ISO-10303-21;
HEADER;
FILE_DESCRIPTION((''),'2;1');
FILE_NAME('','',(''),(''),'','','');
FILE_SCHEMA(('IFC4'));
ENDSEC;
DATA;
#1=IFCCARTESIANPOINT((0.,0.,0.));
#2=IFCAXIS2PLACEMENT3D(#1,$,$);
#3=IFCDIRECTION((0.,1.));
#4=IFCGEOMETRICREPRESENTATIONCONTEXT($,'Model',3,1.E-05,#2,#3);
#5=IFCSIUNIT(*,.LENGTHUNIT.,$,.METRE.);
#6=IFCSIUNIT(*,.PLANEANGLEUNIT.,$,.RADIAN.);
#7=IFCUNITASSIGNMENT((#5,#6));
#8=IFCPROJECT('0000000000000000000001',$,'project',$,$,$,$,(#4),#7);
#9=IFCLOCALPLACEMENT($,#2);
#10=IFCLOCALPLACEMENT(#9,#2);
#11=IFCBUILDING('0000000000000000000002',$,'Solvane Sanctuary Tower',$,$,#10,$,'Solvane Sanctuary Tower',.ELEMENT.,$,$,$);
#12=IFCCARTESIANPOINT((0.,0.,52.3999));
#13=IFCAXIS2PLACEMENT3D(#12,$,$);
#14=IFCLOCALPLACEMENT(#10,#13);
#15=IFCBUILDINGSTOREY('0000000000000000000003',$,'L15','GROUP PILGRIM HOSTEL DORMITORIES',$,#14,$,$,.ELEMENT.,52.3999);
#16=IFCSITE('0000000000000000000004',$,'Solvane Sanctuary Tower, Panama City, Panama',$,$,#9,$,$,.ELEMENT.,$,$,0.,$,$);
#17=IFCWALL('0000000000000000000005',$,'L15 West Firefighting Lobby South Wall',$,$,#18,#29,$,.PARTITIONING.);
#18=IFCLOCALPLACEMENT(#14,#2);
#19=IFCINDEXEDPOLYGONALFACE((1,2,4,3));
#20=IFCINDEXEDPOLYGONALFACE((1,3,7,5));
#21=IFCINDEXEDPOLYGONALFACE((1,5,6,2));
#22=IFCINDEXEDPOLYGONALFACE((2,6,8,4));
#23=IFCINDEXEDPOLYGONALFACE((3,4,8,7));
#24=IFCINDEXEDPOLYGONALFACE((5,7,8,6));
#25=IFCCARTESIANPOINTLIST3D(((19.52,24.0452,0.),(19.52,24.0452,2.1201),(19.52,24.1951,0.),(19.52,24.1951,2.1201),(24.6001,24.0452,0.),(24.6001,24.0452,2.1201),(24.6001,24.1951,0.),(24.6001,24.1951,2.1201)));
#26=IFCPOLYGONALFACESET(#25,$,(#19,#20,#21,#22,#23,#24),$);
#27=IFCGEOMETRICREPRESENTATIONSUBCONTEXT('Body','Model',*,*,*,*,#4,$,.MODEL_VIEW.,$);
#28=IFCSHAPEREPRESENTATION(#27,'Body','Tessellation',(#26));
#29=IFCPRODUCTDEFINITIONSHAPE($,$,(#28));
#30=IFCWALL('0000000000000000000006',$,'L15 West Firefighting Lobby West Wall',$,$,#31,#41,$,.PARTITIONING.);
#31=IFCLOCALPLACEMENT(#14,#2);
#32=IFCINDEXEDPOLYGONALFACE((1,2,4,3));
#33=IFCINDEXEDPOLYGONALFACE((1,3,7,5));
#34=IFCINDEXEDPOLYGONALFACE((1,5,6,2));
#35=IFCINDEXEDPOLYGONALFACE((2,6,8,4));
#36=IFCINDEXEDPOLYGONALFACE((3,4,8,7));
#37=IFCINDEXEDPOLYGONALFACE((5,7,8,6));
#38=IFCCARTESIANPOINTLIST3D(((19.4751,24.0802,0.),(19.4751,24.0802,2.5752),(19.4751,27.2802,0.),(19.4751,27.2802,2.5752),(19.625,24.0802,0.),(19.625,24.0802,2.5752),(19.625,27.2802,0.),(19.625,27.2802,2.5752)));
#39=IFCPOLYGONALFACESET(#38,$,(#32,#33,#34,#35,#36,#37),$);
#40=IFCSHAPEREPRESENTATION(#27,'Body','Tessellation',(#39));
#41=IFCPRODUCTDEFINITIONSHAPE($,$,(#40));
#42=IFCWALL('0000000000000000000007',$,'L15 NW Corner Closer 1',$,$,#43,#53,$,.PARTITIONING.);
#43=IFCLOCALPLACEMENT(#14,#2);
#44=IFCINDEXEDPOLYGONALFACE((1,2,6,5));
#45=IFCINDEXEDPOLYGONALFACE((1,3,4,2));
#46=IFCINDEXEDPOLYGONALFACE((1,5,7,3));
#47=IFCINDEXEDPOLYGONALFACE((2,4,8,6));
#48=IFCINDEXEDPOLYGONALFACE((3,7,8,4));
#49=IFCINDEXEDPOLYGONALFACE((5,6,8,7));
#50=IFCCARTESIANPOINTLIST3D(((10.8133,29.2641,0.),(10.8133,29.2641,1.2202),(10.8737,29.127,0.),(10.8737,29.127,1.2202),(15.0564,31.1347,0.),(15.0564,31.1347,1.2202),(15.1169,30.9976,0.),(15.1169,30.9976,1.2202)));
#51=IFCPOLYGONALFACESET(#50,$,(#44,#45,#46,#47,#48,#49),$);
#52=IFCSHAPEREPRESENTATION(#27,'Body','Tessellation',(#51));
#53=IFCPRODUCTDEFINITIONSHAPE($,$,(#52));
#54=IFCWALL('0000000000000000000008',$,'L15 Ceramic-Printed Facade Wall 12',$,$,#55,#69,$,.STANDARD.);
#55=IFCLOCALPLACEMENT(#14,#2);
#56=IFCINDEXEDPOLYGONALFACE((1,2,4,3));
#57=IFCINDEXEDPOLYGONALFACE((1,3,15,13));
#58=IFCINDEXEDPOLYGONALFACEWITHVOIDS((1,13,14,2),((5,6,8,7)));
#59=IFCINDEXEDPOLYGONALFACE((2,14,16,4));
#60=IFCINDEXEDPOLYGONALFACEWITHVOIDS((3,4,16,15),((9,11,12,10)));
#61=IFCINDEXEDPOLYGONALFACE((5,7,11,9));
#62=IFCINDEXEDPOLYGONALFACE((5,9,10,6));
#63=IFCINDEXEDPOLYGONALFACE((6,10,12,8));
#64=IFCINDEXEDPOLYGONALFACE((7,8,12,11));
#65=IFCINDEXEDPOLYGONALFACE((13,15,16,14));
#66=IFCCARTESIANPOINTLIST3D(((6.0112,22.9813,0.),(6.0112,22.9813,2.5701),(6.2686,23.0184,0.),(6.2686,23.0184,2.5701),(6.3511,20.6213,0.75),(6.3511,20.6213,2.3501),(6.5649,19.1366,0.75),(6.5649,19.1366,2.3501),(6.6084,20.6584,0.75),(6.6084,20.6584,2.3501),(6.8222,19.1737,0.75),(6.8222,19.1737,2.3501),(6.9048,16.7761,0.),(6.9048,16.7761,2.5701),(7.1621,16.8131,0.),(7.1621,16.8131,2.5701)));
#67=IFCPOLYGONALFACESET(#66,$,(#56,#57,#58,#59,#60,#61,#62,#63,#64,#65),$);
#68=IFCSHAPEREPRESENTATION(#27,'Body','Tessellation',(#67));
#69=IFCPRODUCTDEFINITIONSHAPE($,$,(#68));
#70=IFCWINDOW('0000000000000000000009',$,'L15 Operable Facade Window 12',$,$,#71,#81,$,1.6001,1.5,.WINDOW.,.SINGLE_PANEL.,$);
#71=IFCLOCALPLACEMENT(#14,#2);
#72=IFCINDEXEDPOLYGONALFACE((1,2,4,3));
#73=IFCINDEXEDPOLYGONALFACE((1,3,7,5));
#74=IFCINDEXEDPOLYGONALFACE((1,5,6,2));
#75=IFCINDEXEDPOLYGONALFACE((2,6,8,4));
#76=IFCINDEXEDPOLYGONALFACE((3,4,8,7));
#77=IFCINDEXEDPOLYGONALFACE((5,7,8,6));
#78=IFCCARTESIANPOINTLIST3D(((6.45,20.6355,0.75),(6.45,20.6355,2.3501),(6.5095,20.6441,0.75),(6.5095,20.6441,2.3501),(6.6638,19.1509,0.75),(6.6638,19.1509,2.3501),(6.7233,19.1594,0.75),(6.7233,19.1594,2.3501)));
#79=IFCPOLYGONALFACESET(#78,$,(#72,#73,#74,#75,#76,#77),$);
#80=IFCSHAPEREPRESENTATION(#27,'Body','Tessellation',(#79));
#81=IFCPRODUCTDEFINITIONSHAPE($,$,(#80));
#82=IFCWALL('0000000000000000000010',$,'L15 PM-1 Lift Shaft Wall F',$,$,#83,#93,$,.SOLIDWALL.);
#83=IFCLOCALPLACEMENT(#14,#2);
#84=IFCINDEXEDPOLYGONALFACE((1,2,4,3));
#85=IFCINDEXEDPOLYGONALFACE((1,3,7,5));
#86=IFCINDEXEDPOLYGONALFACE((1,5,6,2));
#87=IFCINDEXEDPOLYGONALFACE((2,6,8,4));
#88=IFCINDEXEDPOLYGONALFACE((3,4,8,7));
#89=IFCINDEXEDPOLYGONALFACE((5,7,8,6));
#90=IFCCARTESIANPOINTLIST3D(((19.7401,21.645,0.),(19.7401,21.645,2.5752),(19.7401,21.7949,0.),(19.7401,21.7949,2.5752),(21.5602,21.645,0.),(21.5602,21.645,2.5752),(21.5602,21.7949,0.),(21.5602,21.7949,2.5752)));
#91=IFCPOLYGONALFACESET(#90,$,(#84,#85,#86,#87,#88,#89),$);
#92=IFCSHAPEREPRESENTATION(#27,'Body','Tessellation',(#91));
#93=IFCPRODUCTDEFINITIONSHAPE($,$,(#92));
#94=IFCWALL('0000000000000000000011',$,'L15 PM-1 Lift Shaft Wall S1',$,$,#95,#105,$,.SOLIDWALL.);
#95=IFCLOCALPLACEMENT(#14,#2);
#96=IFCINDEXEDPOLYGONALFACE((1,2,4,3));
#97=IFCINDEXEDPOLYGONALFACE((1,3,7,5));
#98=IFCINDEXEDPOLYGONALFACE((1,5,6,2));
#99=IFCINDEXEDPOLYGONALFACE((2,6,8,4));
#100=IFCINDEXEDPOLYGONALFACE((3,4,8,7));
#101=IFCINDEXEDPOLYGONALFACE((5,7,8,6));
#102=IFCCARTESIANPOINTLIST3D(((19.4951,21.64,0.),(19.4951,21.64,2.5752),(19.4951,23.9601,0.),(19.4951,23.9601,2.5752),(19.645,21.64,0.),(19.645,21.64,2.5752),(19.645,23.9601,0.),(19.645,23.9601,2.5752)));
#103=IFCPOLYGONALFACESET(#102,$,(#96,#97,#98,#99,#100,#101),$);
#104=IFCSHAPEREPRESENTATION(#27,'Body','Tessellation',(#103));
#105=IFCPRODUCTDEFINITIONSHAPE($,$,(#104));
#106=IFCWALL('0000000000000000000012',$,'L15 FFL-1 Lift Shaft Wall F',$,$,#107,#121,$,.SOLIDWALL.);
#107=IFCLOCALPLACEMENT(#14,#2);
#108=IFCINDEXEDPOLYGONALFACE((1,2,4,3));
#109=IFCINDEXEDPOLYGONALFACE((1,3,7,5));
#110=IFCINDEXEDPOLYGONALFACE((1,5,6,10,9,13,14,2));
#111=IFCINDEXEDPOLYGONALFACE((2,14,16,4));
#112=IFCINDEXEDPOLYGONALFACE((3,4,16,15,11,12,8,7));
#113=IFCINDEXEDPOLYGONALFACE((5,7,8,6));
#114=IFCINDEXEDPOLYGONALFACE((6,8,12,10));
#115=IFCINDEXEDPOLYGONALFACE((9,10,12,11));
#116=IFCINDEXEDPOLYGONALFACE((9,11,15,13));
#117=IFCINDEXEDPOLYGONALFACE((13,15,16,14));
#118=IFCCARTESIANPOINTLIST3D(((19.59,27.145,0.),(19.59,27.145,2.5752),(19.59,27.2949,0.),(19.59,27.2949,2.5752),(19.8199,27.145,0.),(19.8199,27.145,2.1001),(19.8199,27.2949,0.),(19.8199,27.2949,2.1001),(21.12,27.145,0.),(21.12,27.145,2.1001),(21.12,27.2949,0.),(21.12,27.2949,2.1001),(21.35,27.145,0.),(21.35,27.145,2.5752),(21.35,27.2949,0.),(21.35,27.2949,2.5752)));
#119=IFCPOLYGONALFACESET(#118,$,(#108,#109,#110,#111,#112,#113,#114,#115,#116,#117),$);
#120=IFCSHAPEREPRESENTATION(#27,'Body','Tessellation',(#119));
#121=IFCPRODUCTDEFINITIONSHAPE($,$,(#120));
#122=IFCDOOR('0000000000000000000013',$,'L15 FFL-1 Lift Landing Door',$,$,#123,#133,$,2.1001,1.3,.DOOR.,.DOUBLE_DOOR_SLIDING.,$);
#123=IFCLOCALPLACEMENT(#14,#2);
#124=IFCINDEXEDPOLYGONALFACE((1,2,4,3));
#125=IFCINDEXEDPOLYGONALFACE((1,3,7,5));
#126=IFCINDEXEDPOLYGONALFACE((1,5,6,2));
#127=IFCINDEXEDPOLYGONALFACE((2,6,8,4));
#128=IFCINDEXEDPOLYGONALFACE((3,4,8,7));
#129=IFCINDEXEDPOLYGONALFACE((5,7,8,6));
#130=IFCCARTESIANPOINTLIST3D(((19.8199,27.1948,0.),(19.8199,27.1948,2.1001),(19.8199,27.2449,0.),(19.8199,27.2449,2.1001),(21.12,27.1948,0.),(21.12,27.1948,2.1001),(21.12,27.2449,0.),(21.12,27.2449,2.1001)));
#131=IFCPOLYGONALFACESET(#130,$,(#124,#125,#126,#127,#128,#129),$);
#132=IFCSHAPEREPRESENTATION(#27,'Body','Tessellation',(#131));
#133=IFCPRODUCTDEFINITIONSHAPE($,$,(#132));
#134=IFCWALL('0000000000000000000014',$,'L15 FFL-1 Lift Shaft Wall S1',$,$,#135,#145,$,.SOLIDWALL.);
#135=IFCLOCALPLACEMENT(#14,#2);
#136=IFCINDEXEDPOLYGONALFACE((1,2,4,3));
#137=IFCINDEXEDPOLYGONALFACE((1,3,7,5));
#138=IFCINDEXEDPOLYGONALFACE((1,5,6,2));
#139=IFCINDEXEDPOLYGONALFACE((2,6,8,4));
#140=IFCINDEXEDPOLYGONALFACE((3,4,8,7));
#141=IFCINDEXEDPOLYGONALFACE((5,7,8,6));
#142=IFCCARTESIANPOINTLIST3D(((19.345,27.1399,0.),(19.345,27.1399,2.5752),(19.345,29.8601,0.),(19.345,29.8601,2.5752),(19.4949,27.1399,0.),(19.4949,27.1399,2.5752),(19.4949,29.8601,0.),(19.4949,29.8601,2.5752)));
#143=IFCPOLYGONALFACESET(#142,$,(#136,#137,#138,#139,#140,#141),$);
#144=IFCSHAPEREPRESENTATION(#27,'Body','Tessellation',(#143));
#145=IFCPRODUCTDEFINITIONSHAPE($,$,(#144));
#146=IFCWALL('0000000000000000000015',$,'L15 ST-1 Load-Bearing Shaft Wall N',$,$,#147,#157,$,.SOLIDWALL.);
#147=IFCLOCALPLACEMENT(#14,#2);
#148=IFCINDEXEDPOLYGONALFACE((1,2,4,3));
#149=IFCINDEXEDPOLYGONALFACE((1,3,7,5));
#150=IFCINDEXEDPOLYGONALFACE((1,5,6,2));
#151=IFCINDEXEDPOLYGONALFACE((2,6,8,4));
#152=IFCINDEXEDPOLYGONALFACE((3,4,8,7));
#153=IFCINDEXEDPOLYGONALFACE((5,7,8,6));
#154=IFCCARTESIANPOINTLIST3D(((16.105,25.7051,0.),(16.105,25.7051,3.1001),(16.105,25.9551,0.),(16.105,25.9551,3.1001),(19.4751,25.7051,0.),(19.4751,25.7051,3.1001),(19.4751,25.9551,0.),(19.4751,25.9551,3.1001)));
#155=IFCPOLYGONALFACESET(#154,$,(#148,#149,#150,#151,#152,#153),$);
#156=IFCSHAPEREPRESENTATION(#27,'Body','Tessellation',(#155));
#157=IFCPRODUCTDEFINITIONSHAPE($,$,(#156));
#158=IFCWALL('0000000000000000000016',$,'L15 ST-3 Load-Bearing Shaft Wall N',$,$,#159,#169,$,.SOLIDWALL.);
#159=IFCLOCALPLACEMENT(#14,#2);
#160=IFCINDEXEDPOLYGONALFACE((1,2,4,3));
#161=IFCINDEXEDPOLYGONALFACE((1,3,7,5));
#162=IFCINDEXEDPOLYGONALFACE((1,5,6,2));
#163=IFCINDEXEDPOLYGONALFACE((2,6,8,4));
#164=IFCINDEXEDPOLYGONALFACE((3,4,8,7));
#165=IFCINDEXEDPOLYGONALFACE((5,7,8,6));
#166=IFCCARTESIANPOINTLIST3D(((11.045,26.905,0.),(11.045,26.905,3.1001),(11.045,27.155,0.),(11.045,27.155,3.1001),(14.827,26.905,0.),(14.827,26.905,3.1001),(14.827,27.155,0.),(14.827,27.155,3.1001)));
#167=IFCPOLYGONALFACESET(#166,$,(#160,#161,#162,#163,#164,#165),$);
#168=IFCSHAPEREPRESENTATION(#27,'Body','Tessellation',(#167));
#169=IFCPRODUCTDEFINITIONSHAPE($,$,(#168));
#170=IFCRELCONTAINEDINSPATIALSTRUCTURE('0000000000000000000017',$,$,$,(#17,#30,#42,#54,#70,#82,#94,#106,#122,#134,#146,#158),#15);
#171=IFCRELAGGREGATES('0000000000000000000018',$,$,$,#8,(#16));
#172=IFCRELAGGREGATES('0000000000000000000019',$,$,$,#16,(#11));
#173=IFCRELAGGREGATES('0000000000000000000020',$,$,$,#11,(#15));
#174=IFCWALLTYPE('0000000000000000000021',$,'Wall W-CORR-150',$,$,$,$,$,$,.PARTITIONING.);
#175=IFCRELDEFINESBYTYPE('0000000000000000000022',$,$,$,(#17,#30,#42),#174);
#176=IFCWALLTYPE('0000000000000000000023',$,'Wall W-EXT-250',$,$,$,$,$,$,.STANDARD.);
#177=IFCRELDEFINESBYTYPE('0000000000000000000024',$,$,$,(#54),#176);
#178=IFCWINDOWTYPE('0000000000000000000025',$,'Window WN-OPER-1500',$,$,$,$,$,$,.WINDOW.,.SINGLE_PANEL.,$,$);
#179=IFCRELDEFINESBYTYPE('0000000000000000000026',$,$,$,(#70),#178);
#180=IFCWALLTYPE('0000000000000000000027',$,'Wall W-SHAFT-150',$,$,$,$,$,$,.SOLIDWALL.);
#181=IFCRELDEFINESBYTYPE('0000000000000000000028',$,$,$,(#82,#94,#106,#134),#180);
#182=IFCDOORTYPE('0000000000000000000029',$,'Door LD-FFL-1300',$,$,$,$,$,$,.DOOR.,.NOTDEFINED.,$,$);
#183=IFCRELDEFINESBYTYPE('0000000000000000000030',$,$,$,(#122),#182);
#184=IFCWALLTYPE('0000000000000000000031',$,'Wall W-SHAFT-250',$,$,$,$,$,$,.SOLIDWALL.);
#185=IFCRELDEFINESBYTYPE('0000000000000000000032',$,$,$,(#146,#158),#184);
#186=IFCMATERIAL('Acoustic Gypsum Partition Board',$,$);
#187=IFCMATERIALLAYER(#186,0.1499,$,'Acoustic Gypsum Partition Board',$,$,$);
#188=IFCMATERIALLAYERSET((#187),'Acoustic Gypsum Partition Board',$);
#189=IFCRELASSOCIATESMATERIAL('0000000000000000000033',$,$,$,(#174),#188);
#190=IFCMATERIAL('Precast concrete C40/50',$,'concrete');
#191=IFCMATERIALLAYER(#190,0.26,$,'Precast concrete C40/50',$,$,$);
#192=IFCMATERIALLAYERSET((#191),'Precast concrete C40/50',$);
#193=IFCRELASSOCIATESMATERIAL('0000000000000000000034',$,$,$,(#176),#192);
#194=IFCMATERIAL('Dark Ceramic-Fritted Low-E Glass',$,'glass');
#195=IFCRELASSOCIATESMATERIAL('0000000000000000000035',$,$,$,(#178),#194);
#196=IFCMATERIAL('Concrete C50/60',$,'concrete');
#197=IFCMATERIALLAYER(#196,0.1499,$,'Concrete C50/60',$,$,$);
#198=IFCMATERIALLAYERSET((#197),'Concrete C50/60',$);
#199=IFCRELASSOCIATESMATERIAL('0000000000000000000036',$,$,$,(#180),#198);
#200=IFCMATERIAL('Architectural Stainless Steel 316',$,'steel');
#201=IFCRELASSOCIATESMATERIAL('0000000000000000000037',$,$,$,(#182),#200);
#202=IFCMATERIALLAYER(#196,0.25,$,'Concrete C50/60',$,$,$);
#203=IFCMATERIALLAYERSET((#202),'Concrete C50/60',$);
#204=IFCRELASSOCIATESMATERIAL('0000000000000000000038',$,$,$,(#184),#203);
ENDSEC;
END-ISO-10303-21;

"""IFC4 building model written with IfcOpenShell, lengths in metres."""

from ifc_helpers import new_model, si_unit, direction, frame, frame_2d, origin, place, context, subcontext, project, spatial, rectangle, extrude, material, layer, layer_set, type_object, element, fill, save


model = new_model("IFC4")

# Units and contexts
model_context = context("Model", 3, precision=1e-05, world=origin(), true_north=direction((0.0, 1.0)))
body_context = subcontext(model_context, "Body", "Model", "MODEL_VIEW")
ifc_project = project(units=[si_unit("LENGTHUNIT", "METRE"), si_unit("PLANEANGLEUNIT", "RADIAN")], contexts=[model_context])

# Site, building, storey
site_placement = place(None, origin())
site = spatial("IfcSite", under=ifc_project, at=site_placement, Name="Solvane Sanctuary Tower, Panama City, Panama", CompositionType="ELEMENT", RefElevation=0.0)
building_placement = place(site_placement, origin())
building = spatial("IfcBuilding", under=site, at=building_placement, Name="Solvane Sanctuary Tower", LongName="Solvane Sanctuary Tower", CompositionType="ELEMENT")
storey_placement = place(building_placement, frame((0.0, 0.0, 52.3999)))
storey = spatial("IfcBuildingStorey", under=building, at=storey_placement, Name="L15", Description="GROUP PILGRIM HOSTEL DORMITORIES", CompositionType="ELEMENT", Elevation=52.3999)

# Walls
ifc_material_1 = material(Name="Acoustic Gypsum Partition Board")
ifc_layer_1 = layer(ifc_material_1, 0.1499, Name="Acoustic Gypsum Partition Board")
ifc_layer_set_1 = layer_set([ifc_layer_1], Name="Acoustic Gypsum Partition Board")
wall_type_1 = type_object("IfcWallType", Name="Wall W-CORR-150", PredefinedType="PARTITIONING", material=ifc_layer_set_1)
wall_1_placement = place(storey_placement, frame((19.52, 24.1201, 0.0), z_axis=(0.0, 0.0, 1.0), x_axis=(1.0, 0.0, 0.0)))
element("IfcWall", 1, at=wall_1_placement, inside=storey, type_object=wall_type_1, Name="L15 West Firefighting Lobby South Wall", PredefinedType="PARTITIONING", context=body_context, shape_type="SweptSolid", body=[
    extrude(rectangle(XDim=5.0801, YDim=0.1499, at=frame_2d((2.54, 0.0))), origin(), (0.0, 0.0, 1.0), 2.1201),
])
wall_2_placement = place(storey_placement, frame((19.55, 24.0801, 0.0), z_axis=(0.0, 0.0, 1.0), x_axis=(0.0, 1.0, 0.0)))
element("IfcWall", 2, at=wall_2_placement, inside=storey, type_object=wall_type_1, Name="L15 West Firefighting Lobby West Wall", PredefinedType="PARTITIONING", context=body_context, shape_type="SweptSolid", body=[
    extrude(rectangle(XDim=3.2, YDim=0.1499, at=frame_2d((1.6001, 0.0))), origin(), (0.0, 0.0, 1.0), 2.5752),
])
wall_3_placement = place(storey_placement, frame((10.8435, 29.1956, 0.0), z_axis=(0.0, 0.0, 1.0), x_axis=(0.915028, 0.403391, 0.0)))
element("IfcWall", 3, at=wall_3_placement, inside=storey, type_object=wall_type_1, Name="L15 NW Corner Closer 1", PredefinedType="PARTITIONING", context=body_context, shape_type="SweptSolid", body=[
    extrude(rectangle(XDim=4.6372, YDim=0.1499, at=frame_2d((2.3186, 0.0))), origin(), (0.0, 0.0, 1.0), 1.2202),
])

# Wall, opening, window
ifc_material_2 = material(Name="Precast concrete C40/50", Category="concrete")
ifc_layer_2 = layer(ifc_material_2, 0.26, Name="Precast concrete C40/50")
ifc_layer_set_2 = layer_set([ifc_layer_2], Name="Precast concrete C40/50")
wall_type_2 = type_object("IfcWallType", Name="Wall W-EXT-250", PredefinedType="STANDARD", material=ifc_layer_set_2)
wall_4_placement = place(storey_placement, frame((6.1399, 23.0, 0.0), z_axis=(0.0, 0.0, 1.0), x_axis=(0.142528, -0.989791, 0.0)))
wall_4 = element("IfcWall", 4, at=wall_4_placement, inside=storey, type_object=wall_type_2, Name="L15 Ceramic-Printed Facade Wall 12", PredefinedType="STANDARD", context=body_context, shape_type="SweptSolid", body=[
    extrude(rectangle(XDim=6.2693, YDim=0.26, at=frame_2d((3.1348, 0.0))), origin(), (0.0, 0.0, 1.0), 2.5701),
])
opening_1_placement = place(wall_4_placement, frame((2.3845, 0.0, 0.75)))
opening_1 = element("IfcOpeningElement", 5, at=opening_1_placement, cuts=wall_4, PredefinedType="OPENING", context=body_context, shape_type="SweptSolid", body=[
    extrude(rectangle(XDim=1.5, YDim=1.6001, at=frame_2d((0.75, 0.8))), frame((0.0, 0.1399, 0.0), z_axis=(0.0, -1.0, 0.0), x_axis=(1.0, 0.0, 0.0)), (0.0, 0.0, 1.0), 0.28),
])
ifc_material_3 = material(Name="Dark Ceramic-Fritted Low-E Glass", Category="glass")
window_type = type_object("IfcWindowType", Name="Window WN-OPER-1500", PartitioningType="SINGLE_PANEL", PredefinedType="WINDOW", material=ifc_material_3)
window_placement = place(opening_1_placement, origin())
window = element("IfcWindow", 6, at=window_placement, inside=storey, type_object=window_type, Name="L15 Operable Facade Window 12", OverallHeight=1.6001, OverallWidth=1.5, PartitioningType="SINGLE_PANEL", PredefinedType="WINDOW", context=body_context, shape_type="SweptSolid", body=[
    extrude(rectangle(XDim=1.5, YDim=1.6001, at=frame_2d((0.75, 0.8))), frame((0.0, 0.03, 0.0), z_axis=(0.0, -1.0, 0.0), x_axis=(1.0, 0.0, 0.0)), (0.0, 0.0, 1.0), 0.0601),
])
fill(opening_1, window)

# Walls
ifc_material_4 = material(Name="Concrete C50/60", Category="concrete")
ifc_layer_3 = layer(ifc_material_4, 0.1499, Name="Concrete C50/60")
ifc_layer_set_3 = layer_set([ifc_layer_3], Name="Concrete C50/60")
wall_type_3 = type_object("IfcWallType", Name="Wall W-SHAFT-150", PredefinedType="SOLIDWALL", material=ifc_layer_set_3)
wall_5_placement = place(storey_placement, frame((19.74, 21.72, 0.0), z_axis=(0.0, 0.0, 1.0), x_axis=(1.0, 0.0, 0.0)))
element("IfcWall", 7, at=wall_5_placement, inside=storey, type_object=wall_type_3, Name="L15 PM-1 Lift Shaft Wall F", PredefinedType="SOLIDWALL", context=body_context, shape_type="SweptSolid", body=[
    extrude(rectangle(XDim=1.8201, YDim=0.1499, at=frame_2d((0.9102, 0.0))), origin(), (0.0, 0.0, 1.0), 2.5752),
])
wall_6_placement = place(storey_placement, frame((19.5701, 21.6399, 0.0), z_axis=(0.0, 0.0, 1.0), x_axis=(0.0, 1.0, 0.0)))
element("IfcWall", 8, at=wall_6_placement, inside=storey, type_object=wall_type_3, Name="L15 PM-1 Lift Shaft Wall S1", PredefinedType="SOLIDWALL", context=body_context, shape_type="SweptSolid", body=[
    extrude(rectangle(XDim=2.3201, YDim=0.1499, at=frame_2d((1.1602, 0.0))), origin(), (0.0, 0.0, 1.0), 2.5752),
])

# Wall, opening, door
wall_7_placement = place(storey_placement, frame((19.5901, 27.22, 0.0), z_axis=(0.0, 0.0, 1.0), x_axis=(1.0, 0.0, 0.0)))
wall_7 = element("IfcWall", 9, at=wall_7_placement, inside=storey, type_object=wall_type_3, Name="L15 FFL-1 Lift Shaft Wall F", PredefinedType="SOLIDWALL", context=body_context, shape_type="SweptSolid", body=[
    extrude(rectangle(XDim=1.76, YDim=0.1499, at=frame_2d((0.8799, 0.0))), origin(), (0.0, 0.0, 1.0), 2.5752),
])
opening_2_placement = place(wall_7_placement, frame((0.23, 0.0, 0.0)))
opening_2 = element("IfcOpeningElement", 10, at=opening_2_placement, cuts=wall_7, PredefinedType="OPENING", context=body_context, shape_type="SweptSolid", body=[
    extrude(rectangle(XDim=1.3, YDim=2.1001, at=frame_2d((0.6499, 1.05))), frame((0.0, 0.085, 0.0), z_axis=(0.0, -1.0, 0.0), x_axis=(1.0, 0.0, 0.0)), (0.0, 0.0, 1.0), 0.1699),
])
ifc_material_5 = material(Name="Architectural Stainless Steel 316", Category="steel")
door_type = type_object("IfcDoorType", Name="Door LD-FFL-1300", OperationType="NOTDEFINED", PredefinedType="DOOR", material=ifc_material_5)
door_placement = place(opening_2_placement, origin())
door = element("IfcDoor", 11, at=door_placement, inside=storey, type_object=door_type, Name="L15 FFL-1 Lift Landing Door", OperationType="DOUBLE_DOOR_SLIDING", OverallHeight=2.1001, OverallWidth=1.3, PredefinedType="DOOR", context=body_context, shape_type="SweptSolid", body=[
    extrude(rectangle(XDim=1.3, YDim=2.1001, at=frame_2d((0.6499, 1.05))), frame((0.0, 0.0249, 0.0), z_axis=(0.0, -1.0, 0.0), x_axis=(1.0, 0.0, 0.0)), (0.0, 0.0, 1.0), 0.05),
])
fill(opening_2, door)

# Walls
wall_8_placement = place(storey_placement, frame((19.4199, 27.1399, 0.0), z_axis=(0.0, 0.0, 1.0), x_axis=(0.0, 1.0, 0.0)))
element("IfcWall", 12, at=wall_8_placement, inside=storey, type_object=wall_type_3, Name="L15 FFL-1 Lift Shaft Wall S1", PredefinedType="SOLIDWALL", context=body_context, shape_type="SweptSolid", body=[
    extrude(rectangle(XDim=2.7202, YDim=0.1499, at=frame_2d((1.3601, 0.0))), origin(), (0.0, 0.0, 1.0), 2.5752),
])
ifc_layer_4 = layer(ifc_material_4, 0.25, Name="Concrete C50/60")
ifc_layer_set_4 = layer_set([ifc_layer_4], Name="Concrete C50/60")
wall_type_4 = type_object("IfcWallType", Name="Wall W-SHAFT-250", PredefinedType="SOLIDWALL", material=ifc_layer_set_4)
wall_9_placement = place(storey_placement, frame((16.105, 25.8301, 0.0), z_axis=(0.0, 0.0, 1.0), x_axis=(1.0, 0.0, 0.0)))
element("IfcWall", 13, at=wall_9_placement, inside=storey, type_object=wall_type_4, Name="L15 ST-1 Load-Bearing Shaft Wall N", PredefinedType="SOLIDWALL", context=body_context, shape_type="SweptSolid", body=[
    extrude(rectangle(XDim=3.3701, YDim=0.25, at=frame_2d((1.6851, 0.0))), origin(), (0.0, 0.0, 1.0), 3.1001),
])
wall_10_placement = place(storey_placement, frame((11.0449, 27.03, 0.0), z_axis=(0.0, 0.0, 1.0), x_axis=(1.0, 0.0, 0.0)))
element("IfcWall", 14, at=wall_10_placement, inside=storey, type_object=wall_type_4, Name="L15 ST-3 Load-Bearing Shaft Wall N", PredefinedType="SOLIDWALL", context=body_context, shape_type="SweptSolid", body=[
    extrude(rectangle(XDim=3.782, YDim=0.25, at=frame_2d((1.8911, 0.0))), origin(), (0.0, 0.0, 1.0), 3.1001),
])

save(model, "model.ifc")
